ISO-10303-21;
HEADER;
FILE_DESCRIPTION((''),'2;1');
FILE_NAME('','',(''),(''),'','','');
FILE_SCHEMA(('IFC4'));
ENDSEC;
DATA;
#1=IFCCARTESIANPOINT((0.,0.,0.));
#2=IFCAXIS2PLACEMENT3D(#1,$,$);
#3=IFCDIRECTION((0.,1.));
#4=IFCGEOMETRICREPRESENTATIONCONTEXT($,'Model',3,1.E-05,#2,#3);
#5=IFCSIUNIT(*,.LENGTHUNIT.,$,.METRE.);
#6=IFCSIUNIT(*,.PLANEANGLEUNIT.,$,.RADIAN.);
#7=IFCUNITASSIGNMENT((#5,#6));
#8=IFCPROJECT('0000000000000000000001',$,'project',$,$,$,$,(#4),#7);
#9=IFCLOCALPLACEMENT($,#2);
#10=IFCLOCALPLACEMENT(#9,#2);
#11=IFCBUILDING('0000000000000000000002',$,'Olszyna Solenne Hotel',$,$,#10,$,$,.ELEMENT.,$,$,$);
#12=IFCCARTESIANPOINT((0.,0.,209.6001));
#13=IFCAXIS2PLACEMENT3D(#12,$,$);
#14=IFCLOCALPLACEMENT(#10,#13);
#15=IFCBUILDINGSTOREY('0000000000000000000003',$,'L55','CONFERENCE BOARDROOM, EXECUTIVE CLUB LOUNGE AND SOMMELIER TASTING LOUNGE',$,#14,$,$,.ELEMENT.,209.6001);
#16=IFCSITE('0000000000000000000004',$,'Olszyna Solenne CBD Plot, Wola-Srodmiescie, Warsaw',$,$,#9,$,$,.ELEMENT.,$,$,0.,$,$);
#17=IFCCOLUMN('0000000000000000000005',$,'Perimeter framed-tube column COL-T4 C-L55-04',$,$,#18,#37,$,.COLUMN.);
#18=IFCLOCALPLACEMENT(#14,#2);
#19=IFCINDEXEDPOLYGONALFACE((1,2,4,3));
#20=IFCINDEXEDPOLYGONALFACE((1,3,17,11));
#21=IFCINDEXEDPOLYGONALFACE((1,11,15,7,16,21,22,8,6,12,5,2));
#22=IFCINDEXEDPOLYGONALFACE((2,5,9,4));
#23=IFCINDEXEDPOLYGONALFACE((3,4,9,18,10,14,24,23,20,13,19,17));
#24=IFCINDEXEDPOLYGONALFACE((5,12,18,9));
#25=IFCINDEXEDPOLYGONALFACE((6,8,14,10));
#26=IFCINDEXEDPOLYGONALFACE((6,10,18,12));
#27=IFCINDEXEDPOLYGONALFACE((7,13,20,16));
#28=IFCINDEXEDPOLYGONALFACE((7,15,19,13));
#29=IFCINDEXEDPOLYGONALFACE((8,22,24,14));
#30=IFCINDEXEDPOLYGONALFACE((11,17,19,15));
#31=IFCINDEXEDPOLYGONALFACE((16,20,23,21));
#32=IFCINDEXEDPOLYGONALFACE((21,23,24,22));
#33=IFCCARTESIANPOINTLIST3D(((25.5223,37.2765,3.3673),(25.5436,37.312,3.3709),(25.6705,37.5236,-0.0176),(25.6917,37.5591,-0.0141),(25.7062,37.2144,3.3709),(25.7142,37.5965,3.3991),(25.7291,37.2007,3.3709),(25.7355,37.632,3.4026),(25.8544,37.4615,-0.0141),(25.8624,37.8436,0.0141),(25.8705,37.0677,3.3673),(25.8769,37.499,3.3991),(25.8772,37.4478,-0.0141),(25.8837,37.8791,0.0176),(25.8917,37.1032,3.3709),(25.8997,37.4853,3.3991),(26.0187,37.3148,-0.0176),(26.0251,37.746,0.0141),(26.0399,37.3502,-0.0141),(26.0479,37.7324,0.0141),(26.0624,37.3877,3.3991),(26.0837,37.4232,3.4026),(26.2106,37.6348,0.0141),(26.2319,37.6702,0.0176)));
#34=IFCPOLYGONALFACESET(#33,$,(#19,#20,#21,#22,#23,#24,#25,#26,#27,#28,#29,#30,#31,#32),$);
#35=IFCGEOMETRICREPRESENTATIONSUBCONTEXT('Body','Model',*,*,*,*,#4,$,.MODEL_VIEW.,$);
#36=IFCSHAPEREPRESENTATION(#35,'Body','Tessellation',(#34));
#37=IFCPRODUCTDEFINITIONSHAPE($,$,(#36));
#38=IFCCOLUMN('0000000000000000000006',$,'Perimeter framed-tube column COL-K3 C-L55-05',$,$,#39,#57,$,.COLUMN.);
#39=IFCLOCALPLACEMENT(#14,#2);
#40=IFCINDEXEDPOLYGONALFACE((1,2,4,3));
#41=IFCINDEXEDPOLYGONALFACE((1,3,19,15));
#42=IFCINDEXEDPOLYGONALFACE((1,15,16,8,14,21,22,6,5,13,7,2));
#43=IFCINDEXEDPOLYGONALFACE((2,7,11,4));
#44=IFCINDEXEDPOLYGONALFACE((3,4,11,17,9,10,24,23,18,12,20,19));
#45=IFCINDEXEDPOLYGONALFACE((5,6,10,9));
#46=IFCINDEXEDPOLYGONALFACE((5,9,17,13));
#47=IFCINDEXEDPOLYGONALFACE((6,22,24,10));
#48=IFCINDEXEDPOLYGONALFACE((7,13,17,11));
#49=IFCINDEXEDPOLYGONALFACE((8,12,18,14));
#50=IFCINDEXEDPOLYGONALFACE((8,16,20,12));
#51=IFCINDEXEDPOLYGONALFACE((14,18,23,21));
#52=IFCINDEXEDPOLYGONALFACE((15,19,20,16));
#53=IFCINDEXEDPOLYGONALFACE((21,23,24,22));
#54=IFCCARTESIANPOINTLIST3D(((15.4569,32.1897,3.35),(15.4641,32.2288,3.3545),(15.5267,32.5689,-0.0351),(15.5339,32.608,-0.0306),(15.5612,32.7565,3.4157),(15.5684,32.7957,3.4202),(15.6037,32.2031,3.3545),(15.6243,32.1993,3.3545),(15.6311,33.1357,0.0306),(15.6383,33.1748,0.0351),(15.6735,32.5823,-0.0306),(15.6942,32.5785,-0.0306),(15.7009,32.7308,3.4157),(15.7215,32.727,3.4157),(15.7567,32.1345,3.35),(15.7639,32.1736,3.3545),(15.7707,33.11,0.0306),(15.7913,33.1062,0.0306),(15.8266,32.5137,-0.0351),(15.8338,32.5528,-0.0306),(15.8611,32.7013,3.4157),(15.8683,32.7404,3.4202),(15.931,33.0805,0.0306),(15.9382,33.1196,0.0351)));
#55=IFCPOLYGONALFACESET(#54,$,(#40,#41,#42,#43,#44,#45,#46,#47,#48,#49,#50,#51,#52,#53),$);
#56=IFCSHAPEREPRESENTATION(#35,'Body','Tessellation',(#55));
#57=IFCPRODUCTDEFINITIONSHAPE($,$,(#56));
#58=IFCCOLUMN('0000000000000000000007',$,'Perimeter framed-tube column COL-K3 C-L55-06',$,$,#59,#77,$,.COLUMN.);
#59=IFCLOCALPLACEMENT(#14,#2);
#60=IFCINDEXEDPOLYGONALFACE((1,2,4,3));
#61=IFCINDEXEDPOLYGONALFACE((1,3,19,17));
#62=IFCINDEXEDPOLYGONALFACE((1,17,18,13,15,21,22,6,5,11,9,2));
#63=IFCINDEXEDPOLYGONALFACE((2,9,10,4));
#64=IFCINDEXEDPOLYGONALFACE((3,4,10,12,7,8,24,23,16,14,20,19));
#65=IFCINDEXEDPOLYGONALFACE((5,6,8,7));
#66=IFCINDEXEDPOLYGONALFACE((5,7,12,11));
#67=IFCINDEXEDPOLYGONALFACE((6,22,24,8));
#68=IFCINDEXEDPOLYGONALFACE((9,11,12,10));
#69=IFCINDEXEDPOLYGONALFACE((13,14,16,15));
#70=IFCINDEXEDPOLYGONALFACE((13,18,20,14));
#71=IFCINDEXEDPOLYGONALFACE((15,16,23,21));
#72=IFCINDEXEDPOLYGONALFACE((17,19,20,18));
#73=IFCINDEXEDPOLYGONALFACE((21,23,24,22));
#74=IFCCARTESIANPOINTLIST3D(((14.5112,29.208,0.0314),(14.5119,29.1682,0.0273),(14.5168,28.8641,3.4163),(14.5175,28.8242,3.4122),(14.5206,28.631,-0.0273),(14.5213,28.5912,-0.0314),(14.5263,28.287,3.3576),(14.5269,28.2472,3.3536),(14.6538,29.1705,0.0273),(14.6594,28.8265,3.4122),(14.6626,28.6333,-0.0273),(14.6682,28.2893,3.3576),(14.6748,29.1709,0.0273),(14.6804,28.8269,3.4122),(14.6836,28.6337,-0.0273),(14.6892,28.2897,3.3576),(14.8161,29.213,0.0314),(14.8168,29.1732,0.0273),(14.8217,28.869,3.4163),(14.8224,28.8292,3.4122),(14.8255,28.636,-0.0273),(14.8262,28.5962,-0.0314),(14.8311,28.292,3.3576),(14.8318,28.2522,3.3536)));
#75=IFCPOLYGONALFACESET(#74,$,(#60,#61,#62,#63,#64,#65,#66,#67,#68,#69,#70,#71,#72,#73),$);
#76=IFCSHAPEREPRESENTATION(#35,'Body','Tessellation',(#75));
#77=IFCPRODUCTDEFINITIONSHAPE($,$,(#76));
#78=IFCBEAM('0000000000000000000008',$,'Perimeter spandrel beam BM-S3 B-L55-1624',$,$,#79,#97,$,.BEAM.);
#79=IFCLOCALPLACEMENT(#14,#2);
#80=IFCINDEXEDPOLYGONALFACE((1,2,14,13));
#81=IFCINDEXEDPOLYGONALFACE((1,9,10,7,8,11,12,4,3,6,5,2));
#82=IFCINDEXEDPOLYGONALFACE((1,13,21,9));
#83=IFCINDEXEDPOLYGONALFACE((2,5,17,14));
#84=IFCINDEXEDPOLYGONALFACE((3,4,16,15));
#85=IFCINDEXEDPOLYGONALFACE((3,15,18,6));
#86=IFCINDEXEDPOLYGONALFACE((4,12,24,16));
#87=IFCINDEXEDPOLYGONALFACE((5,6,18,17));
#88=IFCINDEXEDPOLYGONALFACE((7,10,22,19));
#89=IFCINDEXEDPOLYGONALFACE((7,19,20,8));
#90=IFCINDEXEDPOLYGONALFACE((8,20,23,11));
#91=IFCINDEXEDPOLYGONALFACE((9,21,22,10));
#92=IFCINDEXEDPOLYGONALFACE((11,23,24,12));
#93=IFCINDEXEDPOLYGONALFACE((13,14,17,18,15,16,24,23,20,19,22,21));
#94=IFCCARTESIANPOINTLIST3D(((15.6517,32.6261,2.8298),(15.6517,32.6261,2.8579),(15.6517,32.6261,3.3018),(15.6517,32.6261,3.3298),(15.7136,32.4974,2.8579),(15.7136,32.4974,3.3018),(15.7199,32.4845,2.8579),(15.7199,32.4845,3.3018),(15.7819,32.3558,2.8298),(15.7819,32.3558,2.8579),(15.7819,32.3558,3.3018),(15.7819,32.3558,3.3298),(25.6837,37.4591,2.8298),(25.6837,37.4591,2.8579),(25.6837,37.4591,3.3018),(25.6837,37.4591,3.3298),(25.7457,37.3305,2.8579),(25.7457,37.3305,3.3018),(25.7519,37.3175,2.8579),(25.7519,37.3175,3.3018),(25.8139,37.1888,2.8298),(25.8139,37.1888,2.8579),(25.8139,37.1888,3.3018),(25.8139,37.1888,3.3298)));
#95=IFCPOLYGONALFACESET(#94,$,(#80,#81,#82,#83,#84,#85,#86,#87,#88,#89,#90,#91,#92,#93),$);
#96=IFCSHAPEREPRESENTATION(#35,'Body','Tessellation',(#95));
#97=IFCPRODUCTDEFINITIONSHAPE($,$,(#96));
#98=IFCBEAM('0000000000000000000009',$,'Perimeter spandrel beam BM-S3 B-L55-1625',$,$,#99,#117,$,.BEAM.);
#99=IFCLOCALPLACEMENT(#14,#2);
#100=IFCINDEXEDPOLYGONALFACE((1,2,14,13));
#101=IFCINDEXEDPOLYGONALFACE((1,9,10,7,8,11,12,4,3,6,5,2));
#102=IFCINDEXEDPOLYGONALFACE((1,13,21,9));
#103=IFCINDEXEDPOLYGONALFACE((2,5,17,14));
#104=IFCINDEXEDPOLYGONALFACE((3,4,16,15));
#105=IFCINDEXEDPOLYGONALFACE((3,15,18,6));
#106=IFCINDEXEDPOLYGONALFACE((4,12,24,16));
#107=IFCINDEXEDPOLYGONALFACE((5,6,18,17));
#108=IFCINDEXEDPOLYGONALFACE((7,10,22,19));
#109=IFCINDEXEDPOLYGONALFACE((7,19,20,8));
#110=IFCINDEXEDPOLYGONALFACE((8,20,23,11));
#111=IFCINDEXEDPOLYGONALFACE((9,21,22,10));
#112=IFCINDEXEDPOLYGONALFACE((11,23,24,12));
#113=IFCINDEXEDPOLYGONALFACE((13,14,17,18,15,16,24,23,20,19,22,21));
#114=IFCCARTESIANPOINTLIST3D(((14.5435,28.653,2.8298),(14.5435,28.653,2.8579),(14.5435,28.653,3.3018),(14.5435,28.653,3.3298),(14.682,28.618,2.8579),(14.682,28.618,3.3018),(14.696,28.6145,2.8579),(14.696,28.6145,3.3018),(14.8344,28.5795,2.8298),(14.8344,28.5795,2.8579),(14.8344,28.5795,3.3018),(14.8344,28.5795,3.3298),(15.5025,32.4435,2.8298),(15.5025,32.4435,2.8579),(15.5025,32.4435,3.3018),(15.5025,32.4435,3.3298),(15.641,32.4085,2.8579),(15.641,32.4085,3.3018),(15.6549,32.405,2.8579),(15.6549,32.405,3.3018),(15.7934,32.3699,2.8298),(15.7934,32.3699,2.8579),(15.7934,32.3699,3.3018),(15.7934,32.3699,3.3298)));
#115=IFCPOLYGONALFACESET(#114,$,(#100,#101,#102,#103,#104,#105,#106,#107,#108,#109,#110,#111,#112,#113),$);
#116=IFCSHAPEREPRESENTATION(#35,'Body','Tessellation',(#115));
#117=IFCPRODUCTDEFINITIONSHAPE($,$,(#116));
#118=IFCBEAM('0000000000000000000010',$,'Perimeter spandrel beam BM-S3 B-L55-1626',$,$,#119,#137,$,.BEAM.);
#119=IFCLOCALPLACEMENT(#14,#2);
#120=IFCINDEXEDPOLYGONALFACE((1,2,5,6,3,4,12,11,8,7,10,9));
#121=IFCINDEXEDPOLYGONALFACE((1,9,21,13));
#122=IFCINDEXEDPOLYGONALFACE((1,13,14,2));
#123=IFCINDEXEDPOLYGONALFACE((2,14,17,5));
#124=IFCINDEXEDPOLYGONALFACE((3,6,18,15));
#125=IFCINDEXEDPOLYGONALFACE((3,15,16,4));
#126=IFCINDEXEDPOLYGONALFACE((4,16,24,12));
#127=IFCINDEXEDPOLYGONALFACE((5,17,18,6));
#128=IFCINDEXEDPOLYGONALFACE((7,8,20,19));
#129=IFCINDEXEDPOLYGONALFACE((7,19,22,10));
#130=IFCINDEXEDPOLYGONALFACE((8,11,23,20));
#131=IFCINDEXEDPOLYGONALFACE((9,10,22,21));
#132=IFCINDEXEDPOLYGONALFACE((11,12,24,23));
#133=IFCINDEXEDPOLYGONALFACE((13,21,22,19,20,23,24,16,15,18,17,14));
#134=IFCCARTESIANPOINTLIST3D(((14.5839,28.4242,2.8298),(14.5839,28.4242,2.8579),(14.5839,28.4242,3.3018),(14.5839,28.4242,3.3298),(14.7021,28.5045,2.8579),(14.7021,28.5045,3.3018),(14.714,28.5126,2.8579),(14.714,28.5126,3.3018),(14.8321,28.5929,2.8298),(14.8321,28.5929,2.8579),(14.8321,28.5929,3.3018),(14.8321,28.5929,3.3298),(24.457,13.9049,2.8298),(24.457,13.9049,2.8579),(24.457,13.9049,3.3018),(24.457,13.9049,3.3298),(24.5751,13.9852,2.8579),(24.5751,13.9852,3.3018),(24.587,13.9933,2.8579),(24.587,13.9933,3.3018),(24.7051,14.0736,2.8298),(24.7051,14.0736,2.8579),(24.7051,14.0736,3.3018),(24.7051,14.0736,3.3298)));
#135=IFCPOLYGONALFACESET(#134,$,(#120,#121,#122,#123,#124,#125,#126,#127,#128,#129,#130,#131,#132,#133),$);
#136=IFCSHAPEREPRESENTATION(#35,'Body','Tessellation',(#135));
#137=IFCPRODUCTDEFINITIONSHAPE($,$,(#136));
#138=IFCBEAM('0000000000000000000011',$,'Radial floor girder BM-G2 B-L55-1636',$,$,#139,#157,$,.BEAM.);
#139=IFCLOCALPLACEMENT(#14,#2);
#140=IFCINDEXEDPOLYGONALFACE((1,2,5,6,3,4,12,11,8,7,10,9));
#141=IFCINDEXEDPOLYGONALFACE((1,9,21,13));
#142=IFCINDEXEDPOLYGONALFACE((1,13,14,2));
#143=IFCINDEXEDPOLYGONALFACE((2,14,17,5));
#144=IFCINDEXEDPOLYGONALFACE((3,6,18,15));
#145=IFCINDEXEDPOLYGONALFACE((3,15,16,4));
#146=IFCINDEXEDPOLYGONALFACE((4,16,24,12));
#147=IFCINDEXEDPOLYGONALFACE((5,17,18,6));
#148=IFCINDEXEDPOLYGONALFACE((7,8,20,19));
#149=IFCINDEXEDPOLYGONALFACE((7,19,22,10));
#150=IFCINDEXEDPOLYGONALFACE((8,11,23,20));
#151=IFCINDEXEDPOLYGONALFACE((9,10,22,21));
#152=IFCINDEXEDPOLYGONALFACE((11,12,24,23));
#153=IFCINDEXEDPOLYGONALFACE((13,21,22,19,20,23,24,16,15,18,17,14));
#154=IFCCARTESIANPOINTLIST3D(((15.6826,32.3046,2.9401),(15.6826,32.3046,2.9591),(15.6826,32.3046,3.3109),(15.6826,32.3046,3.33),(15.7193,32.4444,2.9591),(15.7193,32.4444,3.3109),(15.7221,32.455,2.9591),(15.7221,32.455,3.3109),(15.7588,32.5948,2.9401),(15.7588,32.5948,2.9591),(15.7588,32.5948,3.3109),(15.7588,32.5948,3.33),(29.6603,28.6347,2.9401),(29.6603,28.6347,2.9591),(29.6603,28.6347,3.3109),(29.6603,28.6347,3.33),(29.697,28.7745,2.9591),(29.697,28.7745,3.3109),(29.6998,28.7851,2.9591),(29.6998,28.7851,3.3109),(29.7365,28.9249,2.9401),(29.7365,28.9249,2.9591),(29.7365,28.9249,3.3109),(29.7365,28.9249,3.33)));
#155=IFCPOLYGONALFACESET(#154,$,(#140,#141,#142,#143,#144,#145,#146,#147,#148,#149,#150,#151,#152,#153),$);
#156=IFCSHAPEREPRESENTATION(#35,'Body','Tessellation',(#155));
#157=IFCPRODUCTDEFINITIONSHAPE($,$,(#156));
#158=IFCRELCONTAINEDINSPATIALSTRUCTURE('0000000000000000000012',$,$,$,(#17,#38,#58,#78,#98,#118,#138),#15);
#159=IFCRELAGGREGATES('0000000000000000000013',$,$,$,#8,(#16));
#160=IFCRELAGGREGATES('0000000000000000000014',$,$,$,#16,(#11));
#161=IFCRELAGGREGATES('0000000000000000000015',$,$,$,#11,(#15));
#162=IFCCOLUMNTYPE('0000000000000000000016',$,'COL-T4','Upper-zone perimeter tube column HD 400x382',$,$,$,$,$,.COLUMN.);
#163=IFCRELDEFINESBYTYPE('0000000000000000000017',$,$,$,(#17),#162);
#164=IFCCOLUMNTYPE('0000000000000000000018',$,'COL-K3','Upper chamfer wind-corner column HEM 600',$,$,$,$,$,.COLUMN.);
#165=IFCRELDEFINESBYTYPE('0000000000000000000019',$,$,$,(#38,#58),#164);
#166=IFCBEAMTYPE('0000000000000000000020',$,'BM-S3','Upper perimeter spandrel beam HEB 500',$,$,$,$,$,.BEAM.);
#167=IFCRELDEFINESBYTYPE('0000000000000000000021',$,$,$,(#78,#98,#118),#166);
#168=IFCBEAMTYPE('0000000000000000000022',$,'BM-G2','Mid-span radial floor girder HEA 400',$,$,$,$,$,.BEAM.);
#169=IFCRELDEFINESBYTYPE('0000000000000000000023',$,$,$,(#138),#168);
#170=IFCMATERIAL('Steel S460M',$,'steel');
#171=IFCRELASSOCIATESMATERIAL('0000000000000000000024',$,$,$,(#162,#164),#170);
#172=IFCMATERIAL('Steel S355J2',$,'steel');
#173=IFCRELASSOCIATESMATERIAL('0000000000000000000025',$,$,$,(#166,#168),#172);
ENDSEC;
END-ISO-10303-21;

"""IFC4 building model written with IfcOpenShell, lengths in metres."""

from ifc_helpers import new_model, si_unit, direction, frame, origin, origin_2d, place, context, subcontext, project, spatial, i_section, extrude, source, transform, mapped, material, material_profile, profile_set, type_object, element, save


model = new_model("IFC4")

# Units and contexts
model_context = context("Model", 3, precision=1e-05, world=origin(), true_north=direction((0.0, 1.0)))
body_context = subcontext(model_context, "Body", "Model", "MODEL_VIEW")
ifc_project = project(units=[si_unit("LENGTHUNIT", "METRE"), si_unit("PLANEANGLEUNIT", "RADIAN")], contexts=[model_context])

# Site, building, storey
site_placement = place(None, origin())
site = spatial("IfcSite", under=ifc_project, at=site_placement, Name="Olszyna Solenne CBD Plot, Wola-Srodmiescie, Warsaw", CompositionType="ELEMENT", RefElevation=0.0)
building_placement = place(site_placement, origin())
building = spatial("IfcBuilding", under=site, at=building_placement, Name="Olszyna Solenne Hotel", CompositionType="ELEMENT")
storey_placement = place(building_placement, frame((0.0, 0.0, 209.6001)))
storey = spatial("IfcBuildingStorey", under=building, at=storey_placement, Name="L55", Description="CONFERENCE BOARDROOM, EXECUTIVE CLUB LOUNGE AND SOMMELIER TASTING LOUNGE", CompositionType="ELEMENT", Elevation=209.6001)

# Columns
ifc_material_1 = material(Name="Steel S460M", Category="steel")
ifc_material_profile_1 = material_profile(ifc_material_1, i_section(OverallWidth=0.406, OverallDepth=0.416, WebThickness=0.0266, FlangeThickness=0.0415, at=origin_2d()), Name="HD 400x382", Category="load-bearing")
ifc_profile_set_1 = profile_set([ifc_material_profile_1], Name="Steel S460M")
column_type_1 = type_object("IfcColumnType", Name="COL-T4", Description="Upper-zone perimeter tube column HD 400x382", PredefinedType="COLUMN", material=ifc_profile_set_1)
shared_shape_1 = source(origin(), body_context, "Body", "SweptSolid", [
    extrude(i_section(OverallWidth=0.406, OverallDepth=0.416, WebThickness=0.0266, FlangeThickness=0.0415, at=origin_2d()), origin(), (0.0, 0.0, 1.0), 3.3972),
])
column_1_placement = place(storey_placement, frame((25.9512, 37.5969, 0.0), z_axis=(-0.043622, -0.072727, 0.996398), x_axis=(0.857568, -0.514371, 0.0)))
element("IfcColumn", 1, at=column_1_placement, inside=storey, type_object=column_type_1, Name="Perimeter framed-tube column COL-T4 C-L55-04", PredefinedType="COLUMN", context=body_context, shape_type="MappedRepresentation", body=[
    mapped(shared_shape_1, transform((0.0, 0.0, 0.0), x_axis=(1.0, 0.0, 0.0), y_axis=(0.0, 1.0, 0.0), z_axis=(0.0, 0.0, 1.0), scale=1.0)),
])
ifc_material_profile_2 = material_profile(ifc_material_1, i_section(OverallWidth=0.3049, OverallDepth=0.6201, WebThickness=0.021, FlangeThickness=0.04, at=origin_2d()), Name="HEM 600", Category="load-bearing")
ifc_profile_set_2 = profile_set([ifc_material_profile_2], Name="Steel S460M")
column_type_2 = type_object("IfcColumnType", Name="COL-K3", Description="Upper chamfer wind-corner column HEM 600", PredefinedType="COLUMN", material=ifc_profile_set_2)
shared_shape_2 = source(origin(), body_context, "Body", "SweptSolid", [
    extrude(i_section(OverallWidth=0.3049, OverallDepth=0.6201, WebThickness=0.021, FlangeThickness=0.04, at=origin_2d()), origin(), (0.0, 0.0, 1.0), 3.407),
])
column_2_placement = place(storey_placement, frame((15.7324, 32.8442, 0.0), z_axis=(-0.020495, -0.111289, 0.993577), x_axis=(0.983462, -0.181114, 0.0)))
element("IfcColumn", 2, at=column_2_placement, inside=storey, type_object=column_type_2, Name="Perimeter framed-tube column COL-K3 C-L55-05", PredefinedType="COLUMN", context=body_context, shape_type="MappedRepresentation", body=[
    mapped(shared_shape_2, transform((0.0, 0.0, 0.0), x_axis=(1.0, 0.0, 0.0), y_axis=(0.0, 1.0, 0.0), z_axis=(0.0, 0.0, 1.0), scale=1.0)),
])
shared_shape_3 = source(origin(), body_context, "Body", "SweptSolid", [
    extrude(i_section(OverallWidth=0.3049, OverallDepth=0.6201, WebThickness=0.021, FlangeThickness=0.04, at=origin_2d()), origin(), (0.0, 0.0, 1.0), 3.4023),
])
column_3_placement = place(storey_placement, frame((14.6687, 28.9021, 0.0), z_axis=(0.00165, -0.101102, 0.994875), x_axis=(0.999867, 0.016321, 0.0)))
element("IfcColumn", 3, at=column_3_placement, inside=storey, type_object=column_type_2, Name="Perimeter framed-tube column COL-K3 C-L55-06", PredefinedType="COLUMN", context=body_context, shape_type="MappedRepresentation", body=[
    mapped(shared_shape_3, transform((0.0, 0.0, 0.0), x_axis=(1.0, 0.0, 0.0), y_axis=(0.0, 1.0, 0.0), z_axis=(0.0, 0.0, 1.0), scale=1.0)),
])

# Beams
ifc_material_2 = material(Name="Steel S355J2", Category="steel")
ifc_material_profile_3 = material_profile(ifc_material_2, i_section(OverallWidth=0.3, OverallDepth=0.5, WebThickness=0.0144, FlangeThickness=0.0281, at=origin_2d()), Name="HEB 500", Category="load-bearing")
ifc_profile_set_3 = profile_set([ifc_material_profile_3], Name="Steel S355J2")
beam_type_1 = type_object("IfcBeamType", Name="BM-S3", Description="Upper perimeter spandrel beam HEB 500", PredefinedType="BEAM", material=ifc_profile_set_3)
shared_shape_4 = source(origin(), body_context, "Body", "SweptSolid", [
    extrude(i_section(OverallWidth=0.3, OverallDepth=0.5, WebThickness=0.0144, FlangeThickness=0.0281, at=origin_2d()), origin(), (0.0, 0.0, 1.0), 11.1355),
])
beam_1_placement = place(storey_placement, frame((25.7488, 37.324, 3.0798), z_axis=(-0.900904, -0.434019, 0.0), x_axis=(0.434019, -0.900904, 0.0)))
element("IfcBeam", 4, at=beam_1_placement, inside=storey, type_object=beam_type_1, Name="Perimeter spandrel beam BM-S3 B-L55-1624", PredefinedType="BEAM", context=body_context, shape_type="MappedRepresentation", body=[
    mapped(shared_shape_4, transform((0.0, 0.0, 0.0), x_axis=(1.0, 0.0, 0.0), y_axis=(0.0, 1.0, 0.0), z_axis=(0.0, 0.0, 1.0), scale=1.0)),
])
shared_shape_5 = source(origin(), body_context, "Body", "SweptSolid", [
    extrude(i_section(OverallWidth=0.3, OverallDepth=0.5, WebThickness=0.0144, FlangeThickness=0.0281, at=origin_2d()), origin(), (0.0, 0.0, 1.0), 3.9099),
])
beam_2_placement = place(storey_placement, frame((15.6479, 32.4067, 3.0798), z_axis=(-0.245267, -0.969455, 0.0), x_axis=(0.969455, -0.245267, 0.0)))
element("IfcBeam", 5, at=beam_2_placement, inside=storey, type_object=beam_type_1, Name="Perimeter spandrel beam BM-S3 B-L55-1625", PredefinedType="BEAM", context=body_context, shape_type="MappedRepresentation", body=[
    mapped(shared_shape_5, transform((0.0, 0.0, 0.0), x_axis=(1.0, 0.0, 0.0), y_axis=(0.0, 1.0, 0.0), z_axis=(0.0, 0.0, 1.0), scale=1.0)),
])
shared_shape_6 = source(origin(), body_context, "Body", "SweptSolid", [
    extrude(i_section(OverallWidth=0.3, OverallDepth=0.5, WebThickness=0.0144, FlangeThickness=0.0281, at=origin_2d()), origin(), (0.0, 0.0, 1.0), 17.5581),
])
beam_3_placement = place(storey_placement, frame((14.708, 28.5085, 3.0798), z_axis=(0.562307, -0.826928, 0.0), x_axis=(0.826928, 0.562307, 0.0)))
element("IfcBeam", 6, at=beam_3_placement, inside=storey, type_object=beam_type_1, Name="Perimeter spandrel beam BM-S3 B-L55-1626", PredefinedType="BEAM", context=body_context, shape_type="MappedRepresentation", body=[
    mapped(shared_shape_6, transform((0.0, 0.0, 0.0), x_axis=(1.0, 0.0, 0.0), y_axis=(0.0, 1.0, 0.0), z_axis=(0.0, 0.0, 1.0), scale=1.0)),
])
ifc_material_profile_4 = material_profile(ifc_material_2, i_section(OverallWidth=0.3, OverallDepth=0.3899, WebThickness=0.011, FlangeThickness=0.019, at=origin_2d()), Name="HEA 400", Category="load-bearing")
ifc_profile_set_4 = profile_set([ifc_material_profile_4], Name="Steel S355J2")
beam_type_2 = type_object("IfcBeamType", Name="BM-G2", Description="Mid-span radial floor girder HEA 400", PredefinedType="BEAM", material=ifc_profile_set_4)
shared_shape_7 = source(origin(), body_context, "Body", "SweptSolid", [
    extrude(i_section(OverallWidth=0.3, OverallDepth=0.3899, WebThickness=0.011, FlangeThickness=0.019, at=origin_2d()), origin(), (0.0, 0.0, 1.0), 14.4514),
])
beam_4_placement = place(storey_placement, frame((15.7207, 32.4497, 3.135), z_axis=(0.967218, -0.253947, 0.0), x_axis=(0.253947, 0.967218, 0.0)))
element("IfcBeam", 7, at=beam_4_placement, inside=storey, type_object=beam_type_2, Name="Radial floor girder BM-G2 B-L55-1636", PredefinedType="BEAM", context=body_context, shape_type="MappedRepresentation", body=[
    mapped(shared_shape_7, transform((0.0, 0.0, 0.0), x_axis=(1.0, 0.0, 0.0), y_axis=(0.0, 1.0, 0.0), z_axis=(0.0, 0.0, 1.0), scale=1.0)),
])

save(model, "model.ifc")
